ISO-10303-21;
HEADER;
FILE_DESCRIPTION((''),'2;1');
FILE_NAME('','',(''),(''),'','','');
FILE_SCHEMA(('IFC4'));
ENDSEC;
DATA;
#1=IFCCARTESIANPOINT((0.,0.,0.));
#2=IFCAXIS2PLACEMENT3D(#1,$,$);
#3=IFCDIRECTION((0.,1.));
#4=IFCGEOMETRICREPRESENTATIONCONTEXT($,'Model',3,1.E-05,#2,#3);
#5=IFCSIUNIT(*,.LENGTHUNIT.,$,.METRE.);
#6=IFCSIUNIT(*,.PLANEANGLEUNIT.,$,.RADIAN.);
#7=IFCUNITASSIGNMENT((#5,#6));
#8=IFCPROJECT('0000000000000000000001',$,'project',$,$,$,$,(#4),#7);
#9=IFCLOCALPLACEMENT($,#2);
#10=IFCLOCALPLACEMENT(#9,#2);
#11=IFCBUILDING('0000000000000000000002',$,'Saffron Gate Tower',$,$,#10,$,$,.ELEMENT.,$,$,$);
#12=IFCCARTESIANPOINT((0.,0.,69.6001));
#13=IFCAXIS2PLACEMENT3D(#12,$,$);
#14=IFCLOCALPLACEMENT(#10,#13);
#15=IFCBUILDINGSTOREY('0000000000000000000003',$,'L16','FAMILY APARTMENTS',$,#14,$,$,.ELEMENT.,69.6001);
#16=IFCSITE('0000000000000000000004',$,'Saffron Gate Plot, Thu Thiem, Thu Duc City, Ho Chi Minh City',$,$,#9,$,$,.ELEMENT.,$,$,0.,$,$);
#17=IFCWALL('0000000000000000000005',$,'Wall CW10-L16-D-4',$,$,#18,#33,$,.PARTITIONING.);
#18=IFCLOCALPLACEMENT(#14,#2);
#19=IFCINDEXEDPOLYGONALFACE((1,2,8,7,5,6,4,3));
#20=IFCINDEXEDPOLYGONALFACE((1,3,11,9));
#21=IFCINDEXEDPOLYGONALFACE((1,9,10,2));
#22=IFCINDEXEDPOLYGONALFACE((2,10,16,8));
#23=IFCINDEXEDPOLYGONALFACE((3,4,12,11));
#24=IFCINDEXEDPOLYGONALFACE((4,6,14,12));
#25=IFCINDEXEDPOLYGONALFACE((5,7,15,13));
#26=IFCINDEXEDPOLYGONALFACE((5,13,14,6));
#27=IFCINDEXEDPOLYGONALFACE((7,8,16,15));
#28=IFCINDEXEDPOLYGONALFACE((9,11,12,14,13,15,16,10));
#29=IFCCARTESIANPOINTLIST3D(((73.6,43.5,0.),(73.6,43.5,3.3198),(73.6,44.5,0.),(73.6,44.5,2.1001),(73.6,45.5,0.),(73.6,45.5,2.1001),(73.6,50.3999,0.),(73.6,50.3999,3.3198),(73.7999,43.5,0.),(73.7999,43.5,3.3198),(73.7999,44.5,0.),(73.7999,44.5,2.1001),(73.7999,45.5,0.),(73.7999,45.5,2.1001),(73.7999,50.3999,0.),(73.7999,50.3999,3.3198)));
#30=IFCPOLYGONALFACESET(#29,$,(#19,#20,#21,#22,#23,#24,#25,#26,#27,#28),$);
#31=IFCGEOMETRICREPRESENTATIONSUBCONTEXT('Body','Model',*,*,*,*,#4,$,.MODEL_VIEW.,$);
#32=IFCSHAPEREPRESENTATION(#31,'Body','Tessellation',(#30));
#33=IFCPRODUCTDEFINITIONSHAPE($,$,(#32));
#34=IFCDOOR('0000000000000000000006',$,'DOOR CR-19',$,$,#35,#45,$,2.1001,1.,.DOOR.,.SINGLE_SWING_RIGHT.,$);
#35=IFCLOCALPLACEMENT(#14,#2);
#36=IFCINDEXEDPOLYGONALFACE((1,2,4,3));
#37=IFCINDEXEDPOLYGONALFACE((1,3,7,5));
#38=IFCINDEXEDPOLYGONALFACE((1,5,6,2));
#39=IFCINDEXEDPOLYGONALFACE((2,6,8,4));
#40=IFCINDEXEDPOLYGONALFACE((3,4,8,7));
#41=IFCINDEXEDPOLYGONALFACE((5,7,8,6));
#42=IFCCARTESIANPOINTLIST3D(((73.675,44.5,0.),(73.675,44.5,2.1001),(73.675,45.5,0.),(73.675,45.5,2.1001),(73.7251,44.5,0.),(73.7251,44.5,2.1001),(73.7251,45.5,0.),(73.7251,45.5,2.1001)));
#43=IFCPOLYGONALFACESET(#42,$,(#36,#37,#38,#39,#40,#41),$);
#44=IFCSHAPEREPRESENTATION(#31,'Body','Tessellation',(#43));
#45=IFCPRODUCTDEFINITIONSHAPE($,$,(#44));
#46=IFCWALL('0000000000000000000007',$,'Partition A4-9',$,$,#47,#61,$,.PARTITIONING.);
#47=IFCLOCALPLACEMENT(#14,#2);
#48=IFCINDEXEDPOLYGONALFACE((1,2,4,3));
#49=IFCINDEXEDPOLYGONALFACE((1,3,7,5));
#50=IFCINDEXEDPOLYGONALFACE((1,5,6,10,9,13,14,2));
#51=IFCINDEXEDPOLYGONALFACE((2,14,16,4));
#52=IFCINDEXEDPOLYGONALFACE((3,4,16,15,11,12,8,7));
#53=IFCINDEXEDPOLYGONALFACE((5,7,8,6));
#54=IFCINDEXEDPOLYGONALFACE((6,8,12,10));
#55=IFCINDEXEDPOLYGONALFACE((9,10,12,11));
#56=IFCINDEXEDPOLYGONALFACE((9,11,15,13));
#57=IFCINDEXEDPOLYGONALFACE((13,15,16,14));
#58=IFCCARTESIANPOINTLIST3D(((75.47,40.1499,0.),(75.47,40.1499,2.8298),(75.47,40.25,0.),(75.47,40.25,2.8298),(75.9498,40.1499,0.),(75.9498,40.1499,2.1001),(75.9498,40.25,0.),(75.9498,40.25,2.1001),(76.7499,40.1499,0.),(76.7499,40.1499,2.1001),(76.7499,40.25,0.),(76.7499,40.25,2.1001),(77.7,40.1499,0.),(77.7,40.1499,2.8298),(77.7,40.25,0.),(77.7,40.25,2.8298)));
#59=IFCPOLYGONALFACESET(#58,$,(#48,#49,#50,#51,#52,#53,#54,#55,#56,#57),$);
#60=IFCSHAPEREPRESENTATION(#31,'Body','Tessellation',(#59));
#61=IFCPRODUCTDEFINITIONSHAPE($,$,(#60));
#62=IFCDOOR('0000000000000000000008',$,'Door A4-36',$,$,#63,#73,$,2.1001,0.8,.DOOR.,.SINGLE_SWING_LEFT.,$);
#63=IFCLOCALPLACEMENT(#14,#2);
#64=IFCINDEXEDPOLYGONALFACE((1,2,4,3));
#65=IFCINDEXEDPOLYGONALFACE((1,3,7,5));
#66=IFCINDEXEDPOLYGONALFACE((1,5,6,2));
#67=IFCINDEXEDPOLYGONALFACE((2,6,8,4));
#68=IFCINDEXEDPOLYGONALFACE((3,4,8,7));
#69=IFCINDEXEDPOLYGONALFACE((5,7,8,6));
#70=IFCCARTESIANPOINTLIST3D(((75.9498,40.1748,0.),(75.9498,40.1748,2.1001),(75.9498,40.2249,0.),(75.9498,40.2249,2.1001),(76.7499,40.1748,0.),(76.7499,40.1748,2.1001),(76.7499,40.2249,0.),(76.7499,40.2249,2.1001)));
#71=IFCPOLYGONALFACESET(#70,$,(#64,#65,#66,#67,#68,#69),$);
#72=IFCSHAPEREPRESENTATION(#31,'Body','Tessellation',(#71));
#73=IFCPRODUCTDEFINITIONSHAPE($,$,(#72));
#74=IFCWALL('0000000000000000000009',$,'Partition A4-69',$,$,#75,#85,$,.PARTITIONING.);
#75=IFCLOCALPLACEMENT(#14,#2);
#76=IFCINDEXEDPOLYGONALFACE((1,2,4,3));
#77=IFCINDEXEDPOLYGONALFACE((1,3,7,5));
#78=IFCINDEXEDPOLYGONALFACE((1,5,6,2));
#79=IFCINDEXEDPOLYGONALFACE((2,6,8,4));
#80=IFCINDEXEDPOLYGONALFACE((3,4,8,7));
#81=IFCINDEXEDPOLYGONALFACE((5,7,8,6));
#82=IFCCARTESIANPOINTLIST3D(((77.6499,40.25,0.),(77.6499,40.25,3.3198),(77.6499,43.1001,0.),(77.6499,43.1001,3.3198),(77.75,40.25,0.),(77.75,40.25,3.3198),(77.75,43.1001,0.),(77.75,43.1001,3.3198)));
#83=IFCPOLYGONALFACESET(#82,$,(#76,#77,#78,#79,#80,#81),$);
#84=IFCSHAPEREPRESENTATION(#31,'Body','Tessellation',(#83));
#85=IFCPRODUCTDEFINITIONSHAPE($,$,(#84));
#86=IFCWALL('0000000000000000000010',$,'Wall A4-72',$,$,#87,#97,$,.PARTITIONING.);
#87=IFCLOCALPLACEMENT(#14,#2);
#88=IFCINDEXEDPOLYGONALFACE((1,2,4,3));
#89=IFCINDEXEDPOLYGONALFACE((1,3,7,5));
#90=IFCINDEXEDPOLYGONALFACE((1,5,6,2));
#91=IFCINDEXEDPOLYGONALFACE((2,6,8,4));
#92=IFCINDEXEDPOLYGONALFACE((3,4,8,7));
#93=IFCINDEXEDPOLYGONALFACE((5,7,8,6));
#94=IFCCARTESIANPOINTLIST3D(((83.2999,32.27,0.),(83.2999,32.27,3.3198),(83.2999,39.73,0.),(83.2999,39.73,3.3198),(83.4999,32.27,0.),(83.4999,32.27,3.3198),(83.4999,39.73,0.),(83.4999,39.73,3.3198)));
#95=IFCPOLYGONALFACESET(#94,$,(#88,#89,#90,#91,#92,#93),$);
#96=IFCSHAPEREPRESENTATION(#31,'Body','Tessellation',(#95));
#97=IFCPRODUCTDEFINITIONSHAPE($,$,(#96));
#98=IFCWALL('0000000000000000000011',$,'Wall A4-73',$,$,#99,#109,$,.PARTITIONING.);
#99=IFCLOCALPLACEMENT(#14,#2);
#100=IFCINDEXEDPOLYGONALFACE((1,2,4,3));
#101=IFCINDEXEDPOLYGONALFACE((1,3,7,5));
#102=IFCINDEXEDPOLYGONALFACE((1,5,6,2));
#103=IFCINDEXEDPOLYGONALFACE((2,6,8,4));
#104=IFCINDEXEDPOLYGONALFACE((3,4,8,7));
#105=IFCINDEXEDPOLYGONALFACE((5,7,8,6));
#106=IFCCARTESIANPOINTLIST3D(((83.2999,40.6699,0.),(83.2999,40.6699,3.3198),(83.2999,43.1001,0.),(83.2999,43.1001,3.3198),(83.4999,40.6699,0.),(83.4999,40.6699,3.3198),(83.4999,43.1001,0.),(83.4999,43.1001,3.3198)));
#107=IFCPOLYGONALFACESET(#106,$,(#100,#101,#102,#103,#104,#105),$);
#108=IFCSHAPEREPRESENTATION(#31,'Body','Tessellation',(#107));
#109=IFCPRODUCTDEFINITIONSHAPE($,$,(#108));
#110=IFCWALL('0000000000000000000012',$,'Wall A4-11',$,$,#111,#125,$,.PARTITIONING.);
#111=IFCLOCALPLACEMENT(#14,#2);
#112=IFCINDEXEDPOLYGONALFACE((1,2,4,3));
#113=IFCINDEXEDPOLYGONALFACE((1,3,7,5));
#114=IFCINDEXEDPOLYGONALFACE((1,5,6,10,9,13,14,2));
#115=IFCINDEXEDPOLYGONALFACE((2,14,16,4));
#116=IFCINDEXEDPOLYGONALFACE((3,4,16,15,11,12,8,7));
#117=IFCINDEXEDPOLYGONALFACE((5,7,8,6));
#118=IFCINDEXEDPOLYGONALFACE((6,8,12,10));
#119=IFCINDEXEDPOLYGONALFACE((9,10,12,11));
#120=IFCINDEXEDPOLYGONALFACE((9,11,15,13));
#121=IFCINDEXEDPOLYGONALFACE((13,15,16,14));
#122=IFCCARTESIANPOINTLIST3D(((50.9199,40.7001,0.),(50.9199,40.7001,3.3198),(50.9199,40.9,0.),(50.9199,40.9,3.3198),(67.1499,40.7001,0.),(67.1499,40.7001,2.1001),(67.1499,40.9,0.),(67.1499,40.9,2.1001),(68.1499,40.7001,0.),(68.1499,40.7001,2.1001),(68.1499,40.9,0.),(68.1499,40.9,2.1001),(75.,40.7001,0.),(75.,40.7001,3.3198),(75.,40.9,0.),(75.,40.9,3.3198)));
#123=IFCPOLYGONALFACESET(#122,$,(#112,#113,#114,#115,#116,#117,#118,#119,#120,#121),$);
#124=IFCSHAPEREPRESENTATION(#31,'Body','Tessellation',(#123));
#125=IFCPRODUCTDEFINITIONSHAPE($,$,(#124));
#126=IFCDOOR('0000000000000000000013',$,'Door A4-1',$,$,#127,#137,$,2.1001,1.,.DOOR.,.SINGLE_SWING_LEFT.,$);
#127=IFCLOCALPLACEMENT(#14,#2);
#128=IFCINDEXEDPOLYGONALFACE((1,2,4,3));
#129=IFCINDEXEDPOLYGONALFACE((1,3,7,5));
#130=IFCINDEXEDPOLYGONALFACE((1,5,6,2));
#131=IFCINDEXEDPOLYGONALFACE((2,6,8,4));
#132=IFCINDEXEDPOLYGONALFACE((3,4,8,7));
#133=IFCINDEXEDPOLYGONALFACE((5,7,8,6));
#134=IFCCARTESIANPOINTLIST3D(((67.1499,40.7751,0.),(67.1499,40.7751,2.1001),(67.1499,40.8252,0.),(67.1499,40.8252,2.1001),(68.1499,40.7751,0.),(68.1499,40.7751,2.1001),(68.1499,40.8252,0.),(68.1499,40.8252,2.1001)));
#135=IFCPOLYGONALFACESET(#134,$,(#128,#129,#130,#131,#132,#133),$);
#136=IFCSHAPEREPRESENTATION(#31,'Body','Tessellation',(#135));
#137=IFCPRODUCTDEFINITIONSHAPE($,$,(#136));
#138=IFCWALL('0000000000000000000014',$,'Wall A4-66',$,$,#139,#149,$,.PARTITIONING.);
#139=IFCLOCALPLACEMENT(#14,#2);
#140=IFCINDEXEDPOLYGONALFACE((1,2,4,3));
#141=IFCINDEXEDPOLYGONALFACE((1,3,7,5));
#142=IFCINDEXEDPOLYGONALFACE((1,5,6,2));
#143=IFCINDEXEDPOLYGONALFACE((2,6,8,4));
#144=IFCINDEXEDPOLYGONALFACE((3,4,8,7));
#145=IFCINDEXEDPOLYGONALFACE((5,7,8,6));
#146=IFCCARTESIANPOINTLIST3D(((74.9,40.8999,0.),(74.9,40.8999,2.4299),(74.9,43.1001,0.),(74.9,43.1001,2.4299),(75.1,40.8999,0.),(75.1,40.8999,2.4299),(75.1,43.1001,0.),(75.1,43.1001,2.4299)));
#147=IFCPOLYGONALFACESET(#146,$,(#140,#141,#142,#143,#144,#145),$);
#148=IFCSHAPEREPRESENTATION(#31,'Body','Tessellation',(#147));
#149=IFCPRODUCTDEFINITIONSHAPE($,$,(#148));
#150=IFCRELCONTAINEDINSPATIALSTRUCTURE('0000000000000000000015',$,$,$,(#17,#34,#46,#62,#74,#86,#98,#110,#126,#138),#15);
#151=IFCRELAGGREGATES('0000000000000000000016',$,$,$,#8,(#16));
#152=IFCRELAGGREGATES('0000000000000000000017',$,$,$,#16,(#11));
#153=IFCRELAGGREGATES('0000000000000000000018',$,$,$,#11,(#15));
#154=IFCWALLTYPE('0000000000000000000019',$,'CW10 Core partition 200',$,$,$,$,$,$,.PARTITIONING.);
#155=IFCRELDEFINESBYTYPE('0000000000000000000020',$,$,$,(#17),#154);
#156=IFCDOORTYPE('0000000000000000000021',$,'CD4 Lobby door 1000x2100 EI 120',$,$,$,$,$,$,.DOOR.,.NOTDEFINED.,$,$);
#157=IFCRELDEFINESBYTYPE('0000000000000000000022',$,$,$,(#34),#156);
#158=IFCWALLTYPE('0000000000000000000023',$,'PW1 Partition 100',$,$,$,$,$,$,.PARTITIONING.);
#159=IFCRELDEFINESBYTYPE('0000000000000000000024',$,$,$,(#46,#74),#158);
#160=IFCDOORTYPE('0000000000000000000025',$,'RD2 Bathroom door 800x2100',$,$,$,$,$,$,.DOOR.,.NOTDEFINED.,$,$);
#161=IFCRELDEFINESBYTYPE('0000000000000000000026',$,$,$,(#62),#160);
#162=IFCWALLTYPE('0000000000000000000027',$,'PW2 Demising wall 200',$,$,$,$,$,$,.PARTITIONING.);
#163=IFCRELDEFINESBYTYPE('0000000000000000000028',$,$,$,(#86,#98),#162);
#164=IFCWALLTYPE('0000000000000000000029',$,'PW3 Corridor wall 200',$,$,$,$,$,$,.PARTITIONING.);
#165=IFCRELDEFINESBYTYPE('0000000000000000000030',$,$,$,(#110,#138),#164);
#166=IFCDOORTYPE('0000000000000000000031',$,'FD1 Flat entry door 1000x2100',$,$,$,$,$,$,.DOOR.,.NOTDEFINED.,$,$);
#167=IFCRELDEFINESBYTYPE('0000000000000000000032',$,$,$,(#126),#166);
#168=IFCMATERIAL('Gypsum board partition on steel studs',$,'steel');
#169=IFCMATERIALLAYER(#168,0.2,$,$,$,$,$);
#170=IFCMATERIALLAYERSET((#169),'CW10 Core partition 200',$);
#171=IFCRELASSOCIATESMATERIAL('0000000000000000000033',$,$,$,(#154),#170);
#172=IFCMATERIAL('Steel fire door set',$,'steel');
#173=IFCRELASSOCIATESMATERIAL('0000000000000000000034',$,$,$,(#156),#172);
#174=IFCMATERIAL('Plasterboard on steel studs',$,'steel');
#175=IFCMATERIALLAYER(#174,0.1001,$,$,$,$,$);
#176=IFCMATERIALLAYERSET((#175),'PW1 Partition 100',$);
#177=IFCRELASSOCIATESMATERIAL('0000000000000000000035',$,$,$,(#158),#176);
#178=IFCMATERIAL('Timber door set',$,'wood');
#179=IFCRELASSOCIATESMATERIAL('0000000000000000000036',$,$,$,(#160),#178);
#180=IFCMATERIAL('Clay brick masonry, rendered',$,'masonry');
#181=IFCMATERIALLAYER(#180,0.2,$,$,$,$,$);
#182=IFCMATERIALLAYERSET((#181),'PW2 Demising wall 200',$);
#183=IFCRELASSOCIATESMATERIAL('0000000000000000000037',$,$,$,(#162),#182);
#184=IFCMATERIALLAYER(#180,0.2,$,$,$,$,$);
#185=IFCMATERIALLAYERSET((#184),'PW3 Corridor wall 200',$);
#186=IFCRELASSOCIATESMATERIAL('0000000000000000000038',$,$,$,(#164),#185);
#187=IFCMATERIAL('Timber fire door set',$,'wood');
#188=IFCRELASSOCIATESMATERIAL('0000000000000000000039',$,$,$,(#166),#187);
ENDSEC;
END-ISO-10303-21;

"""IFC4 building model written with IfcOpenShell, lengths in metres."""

from ifc_helpers import new_model, si_unit, direction, frame, frame_2d, origin, place, context, subcontext, project, spatial, rectangle, extrude, material, layer, layer_set, type_object, element, fill, save


model = new_model("IFC4")

# Units and contexts
model_context = context("Model", 3, precision=1e-05, world=origin(), true_north=direction((0.0, 1.0)))
body_context = subcontext(model_context, "Body", "Model", "MODEL_VIEW")
ifc_project = project(units=[si_unit("LENGTHUNIT", "METRE"), si_unit("PLANEANGLEUNIT", "RADIAN")], contexts=[model_context])

# Site, building, storey
site_placement = place(None, origin())
site = spatial("IfcSite", under=ifc_project, at=site_placement, Name="Saffron Gate Plot, Thu Thiem, Thu Duc City, Ho Chi Minh City", CompositionType="ELEMENT", RefElevation=0.0)
building_placement = place(site_placement, origin())
building = spatial("IfcBuilding", under=site, at=building_placement, Name="Saffron Gate Tower", CompositionType="ELEMENT")
storey_placement = place(building_placement, frame((0.0, 0.0, 69.6001)))
storey = spatial("IfcBuildingStorey", under=building, at=storey_placement, Name="L16", Description="FAMILY APARTMENTS", CompositionType="ELEMENT", Elevation=69.6001)

# Walls, openings, doors
ifc_material_1 = material(Name="Gypsum board partition on steel studs", Category="steel")
ifc_layer_1 = layer(ifc_material_1, 0.2)
ifc_layer_set_1 = layer_set([ifc_layer_1], Name="CW10 Core partition 200")
wall_type_1 = type_object("IfcWallType", Name="CW10 Core partition 200", PredefinedType="PARTITIONING", material=ifc_layer_set_1)
wall_1_placement = place(storey_placement, frame((73.7, 43.5, 0.0), z_axis=(0.0, 0.0, 1.0), x_axis=(0.0, 1.0, 0.0)))
wall_1 = element("IfcWall", 1, at=wall_1_placement, inside=storey, type_object=wall_type_1, Name="Wall CW10-L16-D-4", PredefinedType="PARTITIONING", context=body_context, shape_type="SweptSolid", body=[
    extrude(rectangle(XDim=6.8999, YDim=0.2, at=frame_2d((3.45, 0.0))), origin(), (0.0, 0.0, 1.0), 3.3198),
])
opening_1_placement = place(wall_1_placement, frame((1.0, 0.0, 0.0)))
opening_1 = element("IfcOpeningElement", 2, at=opening_1_placement, cuts=wall_1, PredefinedType="OPENING", context=body_context, shape_type="SweptSolid", body=[
    extrude(rectangle(XDim=1.0, YDim=2.1001, at=frame_2d((0.5, 1.05))), frame((0.0, 0.1099, 0.0), z_axis=(0.0, -1.0, 0.0), x_axis=(1.0, 0.0, 0.0)), (0.0, 0.0, 1.0), 0.22),
])
ifc_material_2 = material(Name="Steel fire door set", Category="steel")
door_type_1 = type_object("IfcDoorType", Name="CD4 Lobby door 1000x2100 EI 120", OperationType="NOTDEFINED", PredefinedType="DOOR", material=ifc_material_2)
door_1_placement = place(opening_1_placement, origin())
door_1 = element("IfcDoor", 3, at=door_1_placement, inside=storey, type_object=door_type_1, Name="DOOR CR-19", OperationType="SINGLE_SWING_RIGHT", OverallHeight=2.1001, OverallWidth=1.0, PredefinedType="DOOR", context=body_context, shape_type="SweptSolid", body=[
    extrude(rectangle(XDim=1.0, YDim=2.1001, at=frame_2d((0.5, 1.05))), frame((0.0, 0.0249, 0.0), z_axis=(0.0, -1.0, 0.0), x_axis=(1.0, 0.0, 0.0)), (0.0, 0.0, 1.0), 0.05),
])
fill(opening_1, door_1)
ifc_material_3 = material(Name="Plasterboard on steel studs", Category="steel")
ifc_layer_2 = layer(ifc_material_3, 0.1001)
ifc_layer_set_2 = layer_set([ifc_layer_2], Name="PW1 Partition 100")
wall_type_2 = type_object("IfcWallType", Name="PW1 Partition 100", PredefinedType="PARTITIONING", material=ifc_layer_set_2)
wall_2_placement = place(storey_placement, frame((75.47, 40.2, 0.0), z_axis=(0.0, 0.0, 1.0), x_axis=(1.0, 0.0, 0.0)))
wall_2 = element("IfcWall", 4, at=wall_2_placement, inside=storey, type_object=wall_type_2, Name="Partition A4-9", PredefinedType="PARTITIONING", context=body_context, shape_type="SweptSolid", body=[
    extrude(rectangle(XDim=2.23, YDim=0.1001, at=frame_2d((1.115, 0.0))), origin(), (0.0, 0.0, 1.0), 2.8298),
])
opening_2_placement = place(wall_2_placement, frame((0.48, 0.0, 0.0)))
opening_2 = element("IfcOpeningElement", 5, at=opening_2_placement, cuts=wall_2, PredefinedType="OPENING", context=body_context, shape_type="SweptSolid", body=[
    extrude(rectangle(XDim=0.8, YDim=2.1001, at=frame_2d((0.3999, 1.05))), frame((0.0, 0.0601, 0.0), z_axis=(0.0, -1.0, 0.0), x_axis=(1.0, 0.0, 0.0)), (0.0, 0.0, 1.0), 0.1201),
])
ifc_material_4 = material(Name="Timber door set", Category="wood")
door_type_2 = type_object("IfcDoorType", Name="RD2 Bathroom door 800x2100", OperationType="NOTDEFINED", PredefinedType="DOOR", material=ifc_material_4)
door_2_placement = place(opening_2_placement, origin())
door_2 = element("IfcDoor", 6, at=door_2_placement, inside=storey, type_object=door_type_2, Name="Door A4-36", OperationType="SINGLE_SWING_LEFT", OverallHeight=2.1001, OverallWidth=0.8, PredefinedType="DOOR", context=body_context, shape_type="SweptSolid", body=[
    extrude(rectangle(XDim=0.8, YDim=2.1001, at=frame_2d((0.3999, 1.05))), frame((0.0, 0.0249, 0.0), z_axis=(0.0, -1.0, 0.0), x_axis=(1.0, 0.0, 0.0)), (0.0, 0.0, 1.0), 0.05),
])
fill(opening_2, door_2)

# Walls
wall_3_placement = place(storey_placement, frame((77.7, 43.1001, 0.0), z_axis=(0.0, 0.0, 1.0), x_axis=(0.0, -1.0, 0.0)))
element("IfcWall", 7, at=wall_3_placement, inside=storey, type_object=wall_type_2, Name="Partition A4-69", PredefinedType="PARTITIONING", context=body_context, shape_type="SweptSolid", body=[
    extrude(rectangle(XDim=2.8501, YDim=0.1001, at=frame_2d((1.425, 0.0))), origin(), (0.0, 0.0, 1.0), 3.3198),
])
ifc_material_5 = material(Name="Clay brick masonry, rendered", Category="masonry")
ifc_layer_3 = layer(ifc_material_5, 0.2)
ifc_layer_set_3 = layer_set([ifc_layer_3], Name="PW2 Demising wall 200")
wall_type_3 = type_object("IfcWallType", Name="PW2 Demising wall 200", PredefinedType="PARTITIONING", material=ifc_layer_set_3)
wall_4_placement = place(storey_placement, frame((83.3999, 39.73, 0.0), z_axis=(0.0, 0.0, 1.0), x_axis=(0.0, -1.0, 0.0)))
element("IfcWall", 8, at=wall_4_placement, inside=storey, type_object=wall_type_3, Name="Wall A4-72", PredefinedType="PARTITIONING", context=body_context, shape_type="SweptSolid", body=[
    extrude(rectangle(XDim=7.46, YDim=0.2, at=frame_2d((3.73, 0.0))), origin(), (0.0, 0.0, 1.0), 3.3198),
])
wall_5_placement = place(storey_placement, frame((83.3999, 43.1001, 0.0), z_axis=(0.0, 0.0, 1.0), x_axis=(0.0, -1.0, 0.0)))
element("IfcWall", 9, at=wall_5_placement, inside=storey, type_object=wall_type_3, Name="Wall A4-73", PredefinedType="PARTITIONING", context=body_context, shape_type="SweptSolid", body=[
    extrude(rectangle(XDim=2.4302, YDim=0.2, at=frame_2d((1.2151, 0.0))), origin(), (0.0, 0.0, 1.0), 3.3198),
])

# Wall, opening, door
ifc_layer_4 = layer(ifc_material_5, 0.2)
ifc_layer_set_4 = layer_set([ifc_layer_4], Name="PW3 Corridor wall 200")
wall_type_4 = type_object("IfcWallType", Name="PW3 Corridor wall 200", PredefinedType="PARTITIONING", material=ifc_layer_set_4)
wall_6_placement = place(storey_placement, frame((75.0, 40.8, 0.0), z_axis=(0.0, 0.0, 1.0), x_axis=(-1.0, 0.0, 0.0)))
wall_6 = element("IfcWall", 10, at=wall_6_placement, inside=storey, type_object=wall_type_4, Name="Wall A4-11", PredefinedType="PARTITIONING", context=body_context, shape_type="SweptSolid", body=[
    extrude(rectangle(XDim=24.0801, YDim=0.2, at=frame_2d((12.04, 0.0))), origin(), (0.0, 0.0, 1.0), 3.3198),
])
opening_3_placement = place(wall_6_placement, frame((6.8501, 0.0, 0.0)))
opening_3 = element("IfcOpeningElement", 11, at=opening_3_placement, cuts=wall_6, PredefinedType="OPENING", context=body_context, shape_type="SweptSolid", body=[
    extrude(rectangle(XDim=1.0, YDim=2.1001, at=frame_2d((0.5, 1.05))), frame((0.0, 0.1099, 0.0), z_axis=(0.0, -1.0, 0.0), x_axis=(1.0, 0.0, 0.0)), (0.0, 0.0, 1.0), 0.22),
])
ifc_material_6 = material(Name="Timber fire door set", Category="wood")
door_type_3 = type_object("IfcDoorType", Name="FD1 Flat entry door 1000x2100", OperationType="NOTDEFINED", PredefinedType="DOOR", material=ifc_material_6)
door_3_placement = place(opening_3_placement, origin())
door_3 = element("IfcDoor", 12, at=door_3_placement, inside=storey, type_object=door_type_3, Name="Door A4-1", OperationType="SINGLE_SWING_LEFT", OverallHeight=2.1001, OverallWidth=1.0, PredefinedType="DOOR", context=body_context, shape_type="SweptSolid", body=[
    extrude(rectangle(XDim=1.0, YDim=2.1001, at=frame_2d((0.5, 1.05))), frame((0.0, 0.0249, 0.0), z_axis=(0.0, -1.0, 0.0), x_axis=(1.0, 0.0, 0.0)), (0.0, 0.0, 1.0), 0.05),
])
fill(opening_3, door_3)

# Wall
wall_7_placement = place(storey_placement, frame((75.0, 43.1001, 0.0), z_axis=(0.0, 0.0, 1.0), x_axis=(0.0, -1.0, 0.0)))
element("IfcWall", 13, at=wall_7_placement, inside=storey, type_object=wall_type_4, Name="Wall A4-66", PredefinedType="PARTITIONING", context=body_context, shape_type="SweptSolid", body=[
    extrude(rectangle(XDim=2.2002, YDim=0.2, at=frame_2d((1.1001, 0.0))), origin(), (0.0, 0.0, 1.0), 2.4299),
])

save(model, "model.ifc")
